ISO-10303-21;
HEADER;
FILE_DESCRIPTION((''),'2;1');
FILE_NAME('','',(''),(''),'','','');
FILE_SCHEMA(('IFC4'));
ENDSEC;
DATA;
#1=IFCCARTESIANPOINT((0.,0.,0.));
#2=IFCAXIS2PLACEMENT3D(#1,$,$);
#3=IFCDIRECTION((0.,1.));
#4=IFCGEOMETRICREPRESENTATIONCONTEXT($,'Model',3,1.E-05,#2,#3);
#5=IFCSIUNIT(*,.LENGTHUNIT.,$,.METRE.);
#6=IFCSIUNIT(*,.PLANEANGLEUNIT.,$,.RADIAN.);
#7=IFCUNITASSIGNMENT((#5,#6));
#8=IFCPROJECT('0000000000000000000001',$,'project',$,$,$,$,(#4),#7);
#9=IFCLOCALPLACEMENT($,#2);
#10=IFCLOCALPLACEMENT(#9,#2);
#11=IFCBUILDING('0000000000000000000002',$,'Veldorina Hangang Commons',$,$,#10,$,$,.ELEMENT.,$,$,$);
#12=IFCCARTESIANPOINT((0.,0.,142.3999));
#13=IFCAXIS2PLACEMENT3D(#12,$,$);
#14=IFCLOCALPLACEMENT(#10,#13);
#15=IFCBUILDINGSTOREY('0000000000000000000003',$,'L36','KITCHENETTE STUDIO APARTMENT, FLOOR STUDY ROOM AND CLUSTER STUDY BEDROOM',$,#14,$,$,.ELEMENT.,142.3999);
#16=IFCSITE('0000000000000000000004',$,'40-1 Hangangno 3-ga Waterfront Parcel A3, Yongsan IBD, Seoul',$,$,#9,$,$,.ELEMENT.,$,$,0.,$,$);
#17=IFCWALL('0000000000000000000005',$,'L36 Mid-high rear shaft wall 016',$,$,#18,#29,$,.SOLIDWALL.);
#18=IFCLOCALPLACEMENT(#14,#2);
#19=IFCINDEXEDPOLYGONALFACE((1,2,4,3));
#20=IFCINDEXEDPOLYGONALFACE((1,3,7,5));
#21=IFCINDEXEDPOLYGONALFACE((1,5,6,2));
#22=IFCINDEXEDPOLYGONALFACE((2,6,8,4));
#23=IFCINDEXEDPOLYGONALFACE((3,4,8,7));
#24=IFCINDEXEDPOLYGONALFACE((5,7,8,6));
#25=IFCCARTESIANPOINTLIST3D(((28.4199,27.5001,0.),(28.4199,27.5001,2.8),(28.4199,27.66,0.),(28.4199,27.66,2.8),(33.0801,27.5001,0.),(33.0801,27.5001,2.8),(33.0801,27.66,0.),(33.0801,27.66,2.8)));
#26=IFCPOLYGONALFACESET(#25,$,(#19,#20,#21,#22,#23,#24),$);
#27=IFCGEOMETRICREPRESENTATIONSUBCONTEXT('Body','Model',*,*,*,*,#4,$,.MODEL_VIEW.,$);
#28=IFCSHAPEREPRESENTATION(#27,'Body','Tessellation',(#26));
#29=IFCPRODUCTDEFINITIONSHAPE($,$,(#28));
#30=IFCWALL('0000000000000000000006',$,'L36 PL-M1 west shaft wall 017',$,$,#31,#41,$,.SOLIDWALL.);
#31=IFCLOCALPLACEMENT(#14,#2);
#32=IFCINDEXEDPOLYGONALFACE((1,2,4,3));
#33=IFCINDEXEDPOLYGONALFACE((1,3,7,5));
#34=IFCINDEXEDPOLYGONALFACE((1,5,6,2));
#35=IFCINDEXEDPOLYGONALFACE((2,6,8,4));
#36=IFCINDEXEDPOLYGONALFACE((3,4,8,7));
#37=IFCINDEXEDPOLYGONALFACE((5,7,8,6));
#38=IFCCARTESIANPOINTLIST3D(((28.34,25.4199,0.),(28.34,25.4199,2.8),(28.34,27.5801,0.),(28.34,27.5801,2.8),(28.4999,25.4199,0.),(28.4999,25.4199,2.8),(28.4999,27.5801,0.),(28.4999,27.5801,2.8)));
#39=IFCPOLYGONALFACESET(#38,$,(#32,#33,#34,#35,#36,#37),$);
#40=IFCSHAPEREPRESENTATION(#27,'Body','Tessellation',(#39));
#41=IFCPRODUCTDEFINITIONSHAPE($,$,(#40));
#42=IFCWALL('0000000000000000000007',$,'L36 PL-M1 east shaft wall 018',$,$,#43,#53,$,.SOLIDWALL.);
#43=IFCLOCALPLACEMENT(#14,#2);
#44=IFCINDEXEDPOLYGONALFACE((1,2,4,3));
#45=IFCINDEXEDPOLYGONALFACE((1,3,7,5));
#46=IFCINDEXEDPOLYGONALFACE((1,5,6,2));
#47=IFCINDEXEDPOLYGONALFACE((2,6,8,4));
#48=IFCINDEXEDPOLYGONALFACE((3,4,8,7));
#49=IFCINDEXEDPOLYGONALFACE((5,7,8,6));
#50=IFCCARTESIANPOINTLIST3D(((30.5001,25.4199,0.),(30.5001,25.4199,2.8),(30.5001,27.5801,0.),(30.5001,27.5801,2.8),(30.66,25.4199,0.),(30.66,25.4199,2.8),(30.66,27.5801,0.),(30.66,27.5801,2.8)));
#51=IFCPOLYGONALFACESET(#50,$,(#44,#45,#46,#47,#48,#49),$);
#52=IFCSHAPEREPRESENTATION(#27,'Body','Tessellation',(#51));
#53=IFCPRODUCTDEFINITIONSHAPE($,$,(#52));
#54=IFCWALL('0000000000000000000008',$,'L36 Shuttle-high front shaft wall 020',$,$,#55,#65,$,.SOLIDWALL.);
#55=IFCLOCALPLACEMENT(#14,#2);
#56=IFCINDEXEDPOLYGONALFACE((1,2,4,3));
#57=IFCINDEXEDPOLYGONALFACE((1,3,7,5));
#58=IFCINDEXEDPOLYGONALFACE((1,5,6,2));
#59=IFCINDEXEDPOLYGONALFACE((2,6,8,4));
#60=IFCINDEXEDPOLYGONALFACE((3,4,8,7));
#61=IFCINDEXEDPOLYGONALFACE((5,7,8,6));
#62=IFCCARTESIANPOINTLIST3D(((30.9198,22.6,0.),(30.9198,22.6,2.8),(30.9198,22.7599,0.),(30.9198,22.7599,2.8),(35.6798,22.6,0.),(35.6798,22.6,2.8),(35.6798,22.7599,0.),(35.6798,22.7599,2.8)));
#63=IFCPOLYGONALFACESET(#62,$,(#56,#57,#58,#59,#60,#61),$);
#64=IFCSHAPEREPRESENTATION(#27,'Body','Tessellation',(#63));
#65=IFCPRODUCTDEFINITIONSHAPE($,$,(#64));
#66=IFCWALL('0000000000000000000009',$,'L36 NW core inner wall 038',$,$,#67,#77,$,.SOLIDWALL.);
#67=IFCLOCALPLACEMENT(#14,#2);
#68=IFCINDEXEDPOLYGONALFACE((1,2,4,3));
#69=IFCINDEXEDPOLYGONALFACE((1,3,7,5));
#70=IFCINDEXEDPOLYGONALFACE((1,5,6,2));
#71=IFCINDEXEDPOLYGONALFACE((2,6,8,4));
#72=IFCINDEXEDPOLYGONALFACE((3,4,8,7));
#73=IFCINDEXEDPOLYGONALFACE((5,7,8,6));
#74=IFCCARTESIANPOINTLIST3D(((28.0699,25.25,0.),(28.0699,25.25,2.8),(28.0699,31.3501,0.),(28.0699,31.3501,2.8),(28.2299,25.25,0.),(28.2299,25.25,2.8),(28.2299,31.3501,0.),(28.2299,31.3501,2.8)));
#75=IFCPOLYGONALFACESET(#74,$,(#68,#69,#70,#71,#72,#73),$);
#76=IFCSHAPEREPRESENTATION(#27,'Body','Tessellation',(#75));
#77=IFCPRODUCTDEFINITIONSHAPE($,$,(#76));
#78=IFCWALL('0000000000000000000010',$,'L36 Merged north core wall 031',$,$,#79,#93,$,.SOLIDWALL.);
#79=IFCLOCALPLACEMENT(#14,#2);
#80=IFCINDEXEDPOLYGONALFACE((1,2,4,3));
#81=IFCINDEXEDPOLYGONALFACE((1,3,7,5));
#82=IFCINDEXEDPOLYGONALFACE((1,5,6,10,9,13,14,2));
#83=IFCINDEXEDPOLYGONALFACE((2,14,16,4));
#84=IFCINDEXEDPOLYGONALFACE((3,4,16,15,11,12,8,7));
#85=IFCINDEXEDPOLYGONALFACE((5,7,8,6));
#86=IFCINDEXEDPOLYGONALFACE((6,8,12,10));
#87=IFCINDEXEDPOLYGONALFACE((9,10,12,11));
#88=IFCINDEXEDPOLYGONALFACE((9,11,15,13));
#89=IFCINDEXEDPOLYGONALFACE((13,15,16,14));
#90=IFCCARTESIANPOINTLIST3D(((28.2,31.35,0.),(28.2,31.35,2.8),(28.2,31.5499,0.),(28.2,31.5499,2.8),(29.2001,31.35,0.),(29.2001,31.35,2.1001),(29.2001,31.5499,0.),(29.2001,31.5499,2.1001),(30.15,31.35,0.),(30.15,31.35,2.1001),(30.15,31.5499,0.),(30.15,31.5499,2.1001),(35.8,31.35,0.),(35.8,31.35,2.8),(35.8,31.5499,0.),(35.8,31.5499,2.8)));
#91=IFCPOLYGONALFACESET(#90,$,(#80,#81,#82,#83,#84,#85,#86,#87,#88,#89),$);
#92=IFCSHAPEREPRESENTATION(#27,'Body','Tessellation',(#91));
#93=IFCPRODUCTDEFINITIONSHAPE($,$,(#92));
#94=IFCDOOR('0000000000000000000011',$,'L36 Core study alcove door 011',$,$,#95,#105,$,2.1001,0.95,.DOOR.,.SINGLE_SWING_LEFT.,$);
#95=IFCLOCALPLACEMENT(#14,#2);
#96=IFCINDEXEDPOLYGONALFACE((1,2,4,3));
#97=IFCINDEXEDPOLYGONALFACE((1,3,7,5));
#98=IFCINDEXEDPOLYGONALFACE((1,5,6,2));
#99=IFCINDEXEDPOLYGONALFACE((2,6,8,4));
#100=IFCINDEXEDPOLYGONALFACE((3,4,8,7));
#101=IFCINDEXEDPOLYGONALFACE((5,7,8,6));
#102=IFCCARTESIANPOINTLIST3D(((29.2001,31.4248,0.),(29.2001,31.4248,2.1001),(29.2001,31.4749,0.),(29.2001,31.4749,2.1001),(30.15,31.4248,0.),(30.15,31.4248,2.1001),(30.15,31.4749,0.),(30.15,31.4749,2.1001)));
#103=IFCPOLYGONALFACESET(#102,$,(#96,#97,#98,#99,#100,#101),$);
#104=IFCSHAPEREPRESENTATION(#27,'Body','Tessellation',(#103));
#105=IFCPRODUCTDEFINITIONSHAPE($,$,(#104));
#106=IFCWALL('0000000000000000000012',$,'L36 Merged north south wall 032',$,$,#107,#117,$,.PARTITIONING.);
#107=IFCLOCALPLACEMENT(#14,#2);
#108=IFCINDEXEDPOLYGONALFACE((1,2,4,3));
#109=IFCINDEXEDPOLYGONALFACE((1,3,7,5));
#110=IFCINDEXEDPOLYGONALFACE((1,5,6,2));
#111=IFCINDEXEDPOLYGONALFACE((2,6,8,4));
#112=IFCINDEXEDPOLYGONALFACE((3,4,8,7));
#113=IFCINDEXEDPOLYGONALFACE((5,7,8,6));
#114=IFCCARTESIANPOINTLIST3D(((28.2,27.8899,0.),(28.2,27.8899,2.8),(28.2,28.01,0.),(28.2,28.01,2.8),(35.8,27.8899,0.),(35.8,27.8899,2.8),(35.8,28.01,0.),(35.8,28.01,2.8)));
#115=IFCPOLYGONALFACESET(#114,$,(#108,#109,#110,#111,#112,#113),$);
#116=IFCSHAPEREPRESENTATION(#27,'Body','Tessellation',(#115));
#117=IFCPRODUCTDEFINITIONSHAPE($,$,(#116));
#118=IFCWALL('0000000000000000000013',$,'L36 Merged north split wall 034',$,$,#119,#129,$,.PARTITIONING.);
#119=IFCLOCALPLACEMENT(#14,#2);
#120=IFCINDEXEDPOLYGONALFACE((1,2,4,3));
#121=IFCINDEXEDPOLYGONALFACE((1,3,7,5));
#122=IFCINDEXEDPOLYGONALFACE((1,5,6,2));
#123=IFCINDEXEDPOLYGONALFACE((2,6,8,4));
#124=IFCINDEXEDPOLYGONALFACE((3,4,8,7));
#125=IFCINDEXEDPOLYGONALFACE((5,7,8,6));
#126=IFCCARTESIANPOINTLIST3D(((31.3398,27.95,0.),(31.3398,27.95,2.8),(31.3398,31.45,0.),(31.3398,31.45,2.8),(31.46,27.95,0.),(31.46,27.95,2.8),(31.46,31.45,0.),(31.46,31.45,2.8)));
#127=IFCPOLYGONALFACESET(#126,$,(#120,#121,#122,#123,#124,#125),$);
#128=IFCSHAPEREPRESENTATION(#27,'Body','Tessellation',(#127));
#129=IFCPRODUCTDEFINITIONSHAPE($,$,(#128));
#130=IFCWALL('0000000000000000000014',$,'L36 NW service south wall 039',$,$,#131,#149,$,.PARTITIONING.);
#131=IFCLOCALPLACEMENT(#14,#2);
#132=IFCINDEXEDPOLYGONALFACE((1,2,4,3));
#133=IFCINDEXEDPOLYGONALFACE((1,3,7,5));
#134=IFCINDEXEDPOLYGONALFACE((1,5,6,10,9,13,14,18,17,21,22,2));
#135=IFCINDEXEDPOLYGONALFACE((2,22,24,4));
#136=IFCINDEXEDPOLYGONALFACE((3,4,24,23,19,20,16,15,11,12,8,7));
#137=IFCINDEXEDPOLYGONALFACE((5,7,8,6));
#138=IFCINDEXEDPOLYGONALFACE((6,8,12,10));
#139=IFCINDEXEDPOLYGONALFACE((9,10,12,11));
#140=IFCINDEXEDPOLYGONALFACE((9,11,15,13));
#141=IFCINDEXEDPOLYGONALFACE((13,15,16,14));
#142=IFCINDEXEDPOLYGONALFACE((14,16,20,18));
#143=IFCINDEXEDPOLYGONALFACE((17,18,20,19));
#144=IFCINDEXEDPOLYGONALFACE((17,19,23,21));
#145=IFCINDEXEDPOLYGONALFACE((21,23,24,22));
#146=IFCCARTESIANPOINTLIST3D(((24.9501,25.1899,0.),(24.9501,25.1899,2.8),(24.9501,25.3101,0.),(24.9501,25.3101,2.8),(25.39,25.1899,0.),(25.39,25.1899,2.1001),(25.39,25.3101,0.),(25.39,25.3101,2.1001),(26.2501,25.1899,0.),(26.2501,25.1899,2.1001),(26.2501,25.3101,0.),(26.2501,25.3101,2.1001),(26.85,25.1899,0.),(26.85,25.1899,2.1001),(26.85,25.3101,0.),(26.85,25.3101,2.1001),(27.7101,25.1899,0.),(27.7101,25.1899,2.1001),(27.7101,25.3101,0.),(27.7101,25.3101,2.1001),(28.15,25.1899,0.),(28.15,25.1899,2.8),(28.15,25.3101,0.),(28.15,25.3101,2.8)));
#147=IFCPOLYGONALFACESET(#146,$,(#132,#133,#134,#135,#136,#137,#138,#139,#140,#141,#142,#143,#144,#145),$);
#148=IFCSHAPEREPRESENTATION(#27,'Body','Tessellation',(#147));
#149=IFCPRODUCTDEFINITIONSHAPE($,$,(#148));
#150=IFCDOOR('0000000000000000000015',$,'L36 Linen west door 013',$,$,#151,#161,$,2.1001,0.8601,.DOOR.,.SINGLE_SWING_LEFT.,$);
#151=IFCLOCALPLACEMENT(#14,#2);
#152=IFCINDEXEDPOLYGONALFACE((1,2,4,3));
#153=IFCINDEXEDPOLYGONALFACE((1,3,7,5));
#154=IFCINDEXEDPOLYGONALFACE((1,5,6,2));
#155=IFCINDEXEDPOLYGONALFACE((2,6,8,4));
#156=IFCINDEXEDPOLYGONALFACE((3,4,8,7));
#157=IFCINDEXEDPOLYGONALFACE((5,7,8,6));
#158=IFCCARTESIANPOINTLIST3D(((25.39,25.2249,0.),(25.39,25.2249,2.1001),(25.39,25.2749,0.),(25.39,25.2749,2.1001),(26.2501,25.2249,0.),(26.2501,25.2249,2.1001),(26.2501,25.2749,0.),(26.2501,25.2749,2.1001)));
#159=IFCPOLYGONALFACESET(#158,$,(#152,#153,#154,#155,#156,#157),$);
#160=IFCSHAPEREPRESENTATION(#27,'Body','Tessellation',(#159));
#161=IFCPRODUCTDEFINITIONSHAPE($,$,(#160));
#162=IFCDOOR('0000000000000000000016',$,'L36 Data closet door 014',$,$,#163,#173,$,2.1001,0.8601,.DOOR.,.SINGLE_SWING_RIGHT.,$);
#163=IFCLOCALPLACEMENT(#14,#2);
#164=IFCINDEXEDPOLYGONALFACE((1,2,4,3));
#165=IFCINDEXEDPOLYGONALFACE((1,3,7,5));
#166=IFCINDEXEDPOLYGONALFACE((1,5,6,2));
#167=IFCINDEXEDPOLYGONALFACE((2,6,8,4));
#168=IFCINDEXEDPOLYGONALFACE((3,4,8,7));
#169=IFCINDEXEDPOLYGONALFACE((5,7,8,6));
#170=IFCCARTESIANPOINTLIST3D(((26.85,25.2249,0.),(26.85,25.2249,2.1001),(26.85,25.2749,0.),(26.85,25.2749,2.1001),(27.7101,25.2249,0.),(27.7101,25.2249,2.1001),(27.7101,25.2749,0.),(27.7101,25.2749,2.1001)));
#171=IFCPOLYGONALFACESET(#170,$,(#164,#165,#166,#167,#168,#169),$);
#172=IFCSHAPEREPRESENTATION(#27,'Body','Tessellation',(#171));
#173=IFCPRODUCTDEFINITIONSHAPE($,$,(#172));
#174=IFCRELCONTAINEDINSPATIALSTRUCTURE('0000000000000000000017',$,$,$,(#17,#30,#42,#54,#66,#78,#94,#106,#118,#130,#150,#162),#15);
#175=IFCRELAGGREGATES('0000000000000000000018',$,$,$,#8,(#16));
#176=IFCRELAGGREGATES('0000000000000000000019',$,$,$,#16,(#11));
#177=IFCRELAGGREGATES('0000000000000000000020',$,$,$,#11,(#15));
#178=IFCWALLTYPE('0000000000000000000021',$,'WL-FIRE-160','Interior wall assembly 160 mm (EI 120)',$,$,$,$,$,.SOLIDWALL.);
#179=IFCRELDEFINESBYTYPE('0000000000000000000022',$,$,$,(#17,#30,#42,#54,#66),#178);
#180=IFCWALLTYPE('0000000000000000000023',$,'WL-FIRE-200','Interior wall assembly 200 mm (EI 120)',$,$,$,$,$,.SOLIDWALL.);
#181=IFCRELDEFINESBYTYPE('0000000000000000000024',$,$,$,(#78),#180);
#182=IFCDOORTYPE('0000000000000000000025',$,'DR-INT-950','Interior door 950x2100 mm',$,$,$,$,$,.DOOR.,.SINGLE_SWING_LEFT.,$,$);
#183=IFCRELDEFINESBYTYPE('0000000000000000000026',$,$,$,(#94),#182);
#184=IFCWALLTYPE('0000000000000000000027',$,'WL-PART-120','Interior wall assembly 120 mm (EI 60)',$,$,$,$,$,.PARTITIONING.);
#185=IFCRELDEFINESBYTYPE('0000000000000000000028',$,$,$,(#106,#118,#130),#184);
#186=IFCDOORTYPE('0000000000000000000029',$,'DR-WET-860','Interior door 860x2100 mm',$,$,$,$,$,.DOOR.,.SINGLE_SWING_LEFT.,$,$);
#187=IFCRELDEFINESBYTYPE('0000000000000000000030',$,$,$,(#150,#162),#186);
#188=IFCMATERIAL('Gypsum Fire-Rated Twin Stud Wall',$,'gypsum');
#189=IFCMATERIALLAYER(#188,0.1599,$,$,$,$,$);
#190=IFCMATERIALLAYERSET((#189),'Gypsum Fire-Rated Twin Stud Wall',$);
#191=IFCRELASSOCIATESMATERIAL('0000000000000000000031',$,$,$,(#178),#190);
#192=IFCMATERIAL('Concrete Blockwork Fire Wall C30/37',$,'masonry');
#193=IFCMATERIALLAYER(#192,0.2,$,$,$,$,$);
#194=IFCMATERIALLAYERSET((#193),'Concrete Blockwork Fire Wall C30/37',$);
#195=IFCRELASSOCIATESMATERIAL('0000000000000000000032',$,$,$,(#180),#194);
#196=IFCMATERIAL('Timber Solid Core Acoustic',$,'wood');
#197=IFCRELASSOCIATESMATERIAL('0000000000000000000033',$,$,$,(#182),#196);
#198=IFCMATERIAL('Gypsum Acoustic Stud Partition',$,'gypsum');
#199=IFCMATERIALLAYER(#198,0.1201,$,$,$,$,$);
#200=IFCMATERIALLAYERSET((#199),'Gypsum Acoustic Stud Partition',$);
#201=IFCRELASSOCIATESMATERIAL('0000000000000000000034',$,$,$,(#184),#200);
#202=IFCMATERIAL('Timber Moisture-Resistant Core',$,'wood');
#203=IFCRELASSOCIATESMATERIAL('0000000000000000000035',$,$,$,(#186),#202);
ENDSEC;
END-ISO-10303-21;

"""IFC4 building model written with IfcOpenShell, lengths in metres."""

from ifc_helpers import new_model, si_unit, direction, frame, frame_2d, origin, place, context, subcontext, project, spatial, rectangle, extrude, material, layer, layer_set, type_object, element, fill, save


model = new_model("IFC4")

# Units and contexts
model_context = context("Model", 3, precision=1e-05, world=origin(), true_north=direction((0.0, 1.0)))
body_context = subcontext(model_context, "Body", "Model", "MODEL_VIEW")
ifc_project = project(units=[si_unit("LENGTHUNIT", "METRE"), si_unit("PLANEANGLEUNIT", "RADIAN")], contexts=[model_context])

# Site, building, storey
site_placement = place(None, origin())
site = spatial("IfcSite", under=ifc_project, at=site_placement, Name="40-1 Hangangno 3-ga Waterfront Parcel A3, Yongsan IBD, Seoul", CompositionType="ELEMENT", RefElevation=0.0)
building_placement = place(site_placement, origin())
building = spatial("IfcBuilding", under=site, at=building_placement, Name="Veldorina Hangang Commons", CompositionType="ELEMENT")
storey_placement = place(building_placement, frame((0.0, 0.0, 142.3999)))
storey = spatial("IfcBuildingStorey", under=building, at=storey_placement, Name="L36", Description="KITCHENETTE STUDIO APARTMENT, FLOOR STUDY ROOM AND CLUSTER STUDY BEDROOM", CompositionType="ELEMENT", Elevation=142.3999)

# Shared definitions
ifc_material_1 = material(Name="Gypsum Fire-Rated Twin Stud Wall", Category="gypsum")
ifc_layer_1 = layer(ifc_material_1, 0.1599)
ifc_layer_set_1 = layer_set([ifc_layer_1], Name="Gypsum Fire-Rated Twin Stud Wall")
wall_type_1 = type_object("IfcWallType", Name="WL-FIRE-160", Description="Interior wall assembly 160 mm (EI 120)", PredefinedType="SOLIDWALL", material=ifc_layer_set_1)

# Walls
wall_1_placement = place(storey_placement, frame((28.4199, 27.5801, 0.0), z_axis=(0.0, 0.0, 1.0), x_axis=(1.0, 0.0, 0.0)))
element("IfcWall", 1, at=wall_1_placement, inside=storey, type_object=wall_type_1, Name="L36 Mid-high rear shaft wall 016", PredefinedType="SOLIDWALL", context=body_context, shape_type="SweptSolid", body=[
    extrude(rectangle(XDim=4.6602, YDim=0.1599, at=frame_2d((2.3301, 0.0))), origin(), (0.0, 0.0, 1.0), 2.8),
])
for number, where, z_axis, x_axis, name in (
    (2, (28.4199, 25.4199, 0.0), (0.0, 0.0, 1.0), (0.0, 1.0, 0.0), "L36 PL-M1 west shaft wall 017"),
    (3, (30.5801, 25.4199, 0.0), (0.0, 0.0, 1.0), (0.0, 1.0, 0.0), "L36 PL-M1 east shaft wall 018"),
):
    element("IfcWall", number, at=place(storey_placement, frame(where, z_axis=z_axis, x_axis=x_axis)), inside=storey, type_object=wall_type_1, Name=name, PredefinedType="SOLIDWALL", context=body_context, shape_type="SweptSolid", body=[
        extrude(rectangle(XDim=2.1602, YDim=0.1599, at=frame_2d((1.0801, 0.0))), origin(), (0.0, 0.0, 1.0), 2.8),
    ])
wall_2_placement = place(storey_placement, frame((30.9199, 22.6799, 0.0), z_axis=(0.0, 0.0, 1.0), x_axis=(1.0, 0.0, 0.0)))
element("IfcWall", 4, at=wall_2_placement, inside=storey, type_object=wall_type_1, Name="L36 Shuttle-high front shaft wall 020", PredefinedType="SOLIDWALL", context=body_context, shape_type="SweptSolid", body=[
    extrude(rectangle(XDim=4.76, YDim=0.1599, at=frame_2d((2.3799, 0.0))), origin(), (0.0, 0.0, 1.0), 2.8),
])
wall_3_placement = place(storey_placement, frame((28.1499, 25.25, 0.0), z_axis=(0.0, 0.0, 1.0), x_axis=(0.0, 1.0, 0.0)))
element("IfcWall", 5, at=wall_3_placement, inside=storey, type_object=wall_type_1, Name="L36 NW core inner wall 038", PredefinedType="SOLIDWALL", context=body_context, shape_type="SweptSolid", body=[
    extrude(rectangle(XDim=6.1001, YDim=0.1599, at=frame_2d((3.05, 0.0))), origin(), (0.0, 0.0, 1.0), 2.8),
])

# Wall, opening, door
ifc_material_2 = material(Name="Concrete Blockwork Fire Wall C30/37", Category="masonry")
ifc_layer_2 = layer(ifc_material_2, 0.2)
ifc_layer_set_2 = layer_set([ifc_layer_2], Name="Concrete Blockwork Fire Wall C30/37")
wall_type_2 = type_object("IfcWallType", Name="WL-FIRE-200", Description="Interior wall assembly 200 mm (EI 120)", PredefinedType="SOLIDWALL", material=ifc_layer_set_2)
wall_4_placement = place(storey_placement, frame((28.2, 31.45, 0.0), z_axis=(0.0, 0.0, 1.0), x_axis=(1.0, 0.0, 0.0)))
wall_4 = element("IfcWall", 6, at=wall_4_placement, inside=storey, type_object=wall_type_2, Name="L36 Merged north core wall 031", PredefinedType="SOLIDWALL", context=body_context, shape_type="SweptSolid", body=[
    extrude(rectangle(XDim=7.6001, YDim=0.2, at=frame_2d((3.8, 0.0))), origin(), (0.0, 0.0, 1.0), 2.8),
])
opening_1_placement = place(wall_4_placement, frame((1.0, 0.0, 0.0)))
opening_1 = element("IfcOpeningElement", 7, at=opening_1_placement, cuts=wall_4, PredefinedType="OPENING", context=body_context, shape_type="SweptSolid", body=[
    extrude(rectangle(XDim=0.95, YDim=2.1001, at=frame_2d((0.4751, 1.05))), frame((0.0, 0.1099, 0.0), z_axis=(0.0, -1.0, 0.0), x_axis=(1.0, 0.0, 0.0)), (0.0, 0.0, 1.0), 0.22),
])
ifc_material_3 = material(Name="Timber Solid Core Acoustic", Category="wood")
door_type_1 = type_object("IfcDoorType", Name="DR-INT-950", Description="Interior door 950x2100 mm", OperationType="SINGLE_SWING_LEFT", PredefinedType="DOOR", material=ifc_material_3)
door_1_placement = place(opening_1_placement, origin())
door_1 = element("IfcDoor", 8, at=door_1_placement, inside=storey, type_object=door_type_1, Name="L36 Core study alcove door 011", OperationType="SINGLE_SWING_LEFT", OverallHeight=2.1001, OverallWidth=0.95, PredefinedType="DOOR", context=body_context, shape_type="SweptSolid", body=[
    extrude(rectangle(XDim=0.95, YDim=2.1001, at=frame_2d((0.4751, 1.05))), frame((0.0, 0.0249, 0.0), z_axis=(0.0, -1.0, 0.0), x_axis=(1.0, 0.0, 0.0)), (0.0, 0.0, 1.0), 0.05),
])
fill(opening_1, door_1)

# Walls
ifc_material_4 = material(Name="Gypsum Acoustic Stud Partition", Category="gypsum")
ifc_layer_3 = layer(ifc_material_4, 0.1201)
ifc_layer_set_3 = layer_set([ifc_layer_3], Name="Gypsum Acoustic Stud Partition")
wall_type_3 = type_object("IfcWallType", Name="WL-PART-120", Description="Interior wall assembly 120 mm (EI 60)", PredefinedType="PARTITIONING", material=ifc_layer_set_3)
wall_5_placement = place(storey_placement, frame((28.2, 27.95, 0.0), z_axis=(0.0, 0.0, 1.0), x_axis=(1.0, 0.0, 0.0)))
element("IfcWall", 9, at=wall_5_placement, inside=storey, type_object=wall_type_3, Name="L36 Merged north south wall 032", PredefinedType="PARTITIONING", context=body_context, shape_type="SweptSolid", body=[
    extrude(rectangle(XDim=7.6001, YDim=0.1201, at=frame_2d((3.8, 0.0))), origin(), (0.0, 0.0, 1.0), 2.8),
])
wall_6_placement = place(storey_placement, frame((31.3999, 27.95, 0.0), z_axis=(0.0, 0.0, 1.0), x_axis=(0.0, 1.0, 0.0)))
element("IfcWall", 10, at=wall_6_placement, inside=storey, type_object=wall_type_3, Name="L36 Merged north split wall 034", PredefinedType="PARTITIONING", context=body_context, shape_type="SweptSolid", body=[
    extrude(rectangle(XDim=3.5, YDim=0.1201, at=frame_2d((1.75, 0.0))), origin(), (0.0, 0.0, 1.0), 2.8),
])

# Wall, openings, doors
wall_7_placement = place(storey_placement, frame((24.95, 25.25, 0.0), z_axis=(0.0, 0.0, 1.0), x_axis=(1.0, 0.0, 0.0)))
wall_7 = element("IfcWall", 11, at=wall_7_placement, inside=storey, type_object=wall_type_3, Name="L36 NW service south wall 039", PredefinedType="PARTITIONING", context=body_context, shape_type="SweptSolid", body=[
    extrude(rectangle(XDim=3.2, YDim=0.1201, at=frame_2d((1.6001, 0.0))), origin(), (0.0, 0.0, 1.0), 2.8),
])
opening_2_placement = place(wall_7_placement, frame((0.4399, 0.0, 0.0)))
opening_2 = element("IfcOpeningElement", 12, at=opening_2_placement, cuts=wall_7, PredefinedType="OPENING", context=body_context, shape_type="SweptSolid", body=[
    extrude(rectangle(XDim=0.8601, YDim=2.1001, at=frame_2d((0.4302, 1.05))), frame((0.0, 0.0701, 0.0), z_axis=(0.0, -1.0, 0.0), x_axis=(1.0, 0.0, 0.0)), (0.0, 0.0, 1.0), 0.1401),
])
opening_3_placement = place(wall_7_placement, frame((1.8999, 0.0, 0.0)))
opening_3 = element("IfcOpeningElement", 13, at=opening_3_placement, cuts=wall_7, PredefinedType="OPENING", context=body_context, shape_type="SweptSolid", body=[
    extrude(rectangle(XDim=0.8601, YDim=2.1001, at=frame_2d((0.4302, 1.05))), frame((0.0, 0.0701, 0.0), z_axis=(0.0, -1.0, 0.0), x_axis=(1.0, 0.0, 0.0)), (0.0, 0.0, 1.0), 0.1401),
])
ifc_material_5 = material(Name="Timber Moisture-Resistant Core", Category="wood")
door_type_2 = type_object("IfcDoorType", Name="DR-WET-860", Description="Interior door 860x2100 mm", OperationType="SINGLE_SWING_LEFT", PredefinedType="DOOR", material=ifc_material_5)
door_2_placement = place(opening_2_placement, origin())
door_2 = element("IfcDoor", 14, at=door_2_placement, inside=storey, type_object=door_type_2, Name="L36 Linen west door 013", OperationType="SINGLE_SWING_LEFT", OverallHeight=2.1001, OverallWidth=0.8601, PredefinedType="DOOR", context=body_context, shape_type="SweptSolid", body=[
    extrude(rectangle(XDim=0.8601, YDim=2.1001, at=frame_2d((0.4302, 1.05))), frame((0.0, 0.0249, 0.0), z_axis=(0.0, -1.0, 0.0), x_axis=(1.0, 0.0, 0.0)), (0.0, 0.0, 1.0), 0.05),
])
fill(opening_2, door_2)
door_3_placement = place(opening_3_placement, origin())
door_3 = element("IfcDoor", 15, at=door_3_placement, inside=storey, type_object=door_type_2, Name="L36 Data closet door 014", OperationType="SINGLE_SWING_RIGHT", OverallHeight=2.1001, OverallWidth=0.8601, PredefinedType="DOOR", context=body_context, shape_type="SweptSolid", body=[
    extrude(rectangle(XDim=0.8601, YDim=2.1001, at=frame_2d((0.4302, 1.05))), frame((0.0, 0.0249, 0.0), z_axis=(0.0, -1.0, 0.0), x_axis=(1.0, 0.0, 0.0)), (0.0, 0.0, 1.0), 0.05),
])
fill(opening_3, door_3)

save(model, "model.ifc")
